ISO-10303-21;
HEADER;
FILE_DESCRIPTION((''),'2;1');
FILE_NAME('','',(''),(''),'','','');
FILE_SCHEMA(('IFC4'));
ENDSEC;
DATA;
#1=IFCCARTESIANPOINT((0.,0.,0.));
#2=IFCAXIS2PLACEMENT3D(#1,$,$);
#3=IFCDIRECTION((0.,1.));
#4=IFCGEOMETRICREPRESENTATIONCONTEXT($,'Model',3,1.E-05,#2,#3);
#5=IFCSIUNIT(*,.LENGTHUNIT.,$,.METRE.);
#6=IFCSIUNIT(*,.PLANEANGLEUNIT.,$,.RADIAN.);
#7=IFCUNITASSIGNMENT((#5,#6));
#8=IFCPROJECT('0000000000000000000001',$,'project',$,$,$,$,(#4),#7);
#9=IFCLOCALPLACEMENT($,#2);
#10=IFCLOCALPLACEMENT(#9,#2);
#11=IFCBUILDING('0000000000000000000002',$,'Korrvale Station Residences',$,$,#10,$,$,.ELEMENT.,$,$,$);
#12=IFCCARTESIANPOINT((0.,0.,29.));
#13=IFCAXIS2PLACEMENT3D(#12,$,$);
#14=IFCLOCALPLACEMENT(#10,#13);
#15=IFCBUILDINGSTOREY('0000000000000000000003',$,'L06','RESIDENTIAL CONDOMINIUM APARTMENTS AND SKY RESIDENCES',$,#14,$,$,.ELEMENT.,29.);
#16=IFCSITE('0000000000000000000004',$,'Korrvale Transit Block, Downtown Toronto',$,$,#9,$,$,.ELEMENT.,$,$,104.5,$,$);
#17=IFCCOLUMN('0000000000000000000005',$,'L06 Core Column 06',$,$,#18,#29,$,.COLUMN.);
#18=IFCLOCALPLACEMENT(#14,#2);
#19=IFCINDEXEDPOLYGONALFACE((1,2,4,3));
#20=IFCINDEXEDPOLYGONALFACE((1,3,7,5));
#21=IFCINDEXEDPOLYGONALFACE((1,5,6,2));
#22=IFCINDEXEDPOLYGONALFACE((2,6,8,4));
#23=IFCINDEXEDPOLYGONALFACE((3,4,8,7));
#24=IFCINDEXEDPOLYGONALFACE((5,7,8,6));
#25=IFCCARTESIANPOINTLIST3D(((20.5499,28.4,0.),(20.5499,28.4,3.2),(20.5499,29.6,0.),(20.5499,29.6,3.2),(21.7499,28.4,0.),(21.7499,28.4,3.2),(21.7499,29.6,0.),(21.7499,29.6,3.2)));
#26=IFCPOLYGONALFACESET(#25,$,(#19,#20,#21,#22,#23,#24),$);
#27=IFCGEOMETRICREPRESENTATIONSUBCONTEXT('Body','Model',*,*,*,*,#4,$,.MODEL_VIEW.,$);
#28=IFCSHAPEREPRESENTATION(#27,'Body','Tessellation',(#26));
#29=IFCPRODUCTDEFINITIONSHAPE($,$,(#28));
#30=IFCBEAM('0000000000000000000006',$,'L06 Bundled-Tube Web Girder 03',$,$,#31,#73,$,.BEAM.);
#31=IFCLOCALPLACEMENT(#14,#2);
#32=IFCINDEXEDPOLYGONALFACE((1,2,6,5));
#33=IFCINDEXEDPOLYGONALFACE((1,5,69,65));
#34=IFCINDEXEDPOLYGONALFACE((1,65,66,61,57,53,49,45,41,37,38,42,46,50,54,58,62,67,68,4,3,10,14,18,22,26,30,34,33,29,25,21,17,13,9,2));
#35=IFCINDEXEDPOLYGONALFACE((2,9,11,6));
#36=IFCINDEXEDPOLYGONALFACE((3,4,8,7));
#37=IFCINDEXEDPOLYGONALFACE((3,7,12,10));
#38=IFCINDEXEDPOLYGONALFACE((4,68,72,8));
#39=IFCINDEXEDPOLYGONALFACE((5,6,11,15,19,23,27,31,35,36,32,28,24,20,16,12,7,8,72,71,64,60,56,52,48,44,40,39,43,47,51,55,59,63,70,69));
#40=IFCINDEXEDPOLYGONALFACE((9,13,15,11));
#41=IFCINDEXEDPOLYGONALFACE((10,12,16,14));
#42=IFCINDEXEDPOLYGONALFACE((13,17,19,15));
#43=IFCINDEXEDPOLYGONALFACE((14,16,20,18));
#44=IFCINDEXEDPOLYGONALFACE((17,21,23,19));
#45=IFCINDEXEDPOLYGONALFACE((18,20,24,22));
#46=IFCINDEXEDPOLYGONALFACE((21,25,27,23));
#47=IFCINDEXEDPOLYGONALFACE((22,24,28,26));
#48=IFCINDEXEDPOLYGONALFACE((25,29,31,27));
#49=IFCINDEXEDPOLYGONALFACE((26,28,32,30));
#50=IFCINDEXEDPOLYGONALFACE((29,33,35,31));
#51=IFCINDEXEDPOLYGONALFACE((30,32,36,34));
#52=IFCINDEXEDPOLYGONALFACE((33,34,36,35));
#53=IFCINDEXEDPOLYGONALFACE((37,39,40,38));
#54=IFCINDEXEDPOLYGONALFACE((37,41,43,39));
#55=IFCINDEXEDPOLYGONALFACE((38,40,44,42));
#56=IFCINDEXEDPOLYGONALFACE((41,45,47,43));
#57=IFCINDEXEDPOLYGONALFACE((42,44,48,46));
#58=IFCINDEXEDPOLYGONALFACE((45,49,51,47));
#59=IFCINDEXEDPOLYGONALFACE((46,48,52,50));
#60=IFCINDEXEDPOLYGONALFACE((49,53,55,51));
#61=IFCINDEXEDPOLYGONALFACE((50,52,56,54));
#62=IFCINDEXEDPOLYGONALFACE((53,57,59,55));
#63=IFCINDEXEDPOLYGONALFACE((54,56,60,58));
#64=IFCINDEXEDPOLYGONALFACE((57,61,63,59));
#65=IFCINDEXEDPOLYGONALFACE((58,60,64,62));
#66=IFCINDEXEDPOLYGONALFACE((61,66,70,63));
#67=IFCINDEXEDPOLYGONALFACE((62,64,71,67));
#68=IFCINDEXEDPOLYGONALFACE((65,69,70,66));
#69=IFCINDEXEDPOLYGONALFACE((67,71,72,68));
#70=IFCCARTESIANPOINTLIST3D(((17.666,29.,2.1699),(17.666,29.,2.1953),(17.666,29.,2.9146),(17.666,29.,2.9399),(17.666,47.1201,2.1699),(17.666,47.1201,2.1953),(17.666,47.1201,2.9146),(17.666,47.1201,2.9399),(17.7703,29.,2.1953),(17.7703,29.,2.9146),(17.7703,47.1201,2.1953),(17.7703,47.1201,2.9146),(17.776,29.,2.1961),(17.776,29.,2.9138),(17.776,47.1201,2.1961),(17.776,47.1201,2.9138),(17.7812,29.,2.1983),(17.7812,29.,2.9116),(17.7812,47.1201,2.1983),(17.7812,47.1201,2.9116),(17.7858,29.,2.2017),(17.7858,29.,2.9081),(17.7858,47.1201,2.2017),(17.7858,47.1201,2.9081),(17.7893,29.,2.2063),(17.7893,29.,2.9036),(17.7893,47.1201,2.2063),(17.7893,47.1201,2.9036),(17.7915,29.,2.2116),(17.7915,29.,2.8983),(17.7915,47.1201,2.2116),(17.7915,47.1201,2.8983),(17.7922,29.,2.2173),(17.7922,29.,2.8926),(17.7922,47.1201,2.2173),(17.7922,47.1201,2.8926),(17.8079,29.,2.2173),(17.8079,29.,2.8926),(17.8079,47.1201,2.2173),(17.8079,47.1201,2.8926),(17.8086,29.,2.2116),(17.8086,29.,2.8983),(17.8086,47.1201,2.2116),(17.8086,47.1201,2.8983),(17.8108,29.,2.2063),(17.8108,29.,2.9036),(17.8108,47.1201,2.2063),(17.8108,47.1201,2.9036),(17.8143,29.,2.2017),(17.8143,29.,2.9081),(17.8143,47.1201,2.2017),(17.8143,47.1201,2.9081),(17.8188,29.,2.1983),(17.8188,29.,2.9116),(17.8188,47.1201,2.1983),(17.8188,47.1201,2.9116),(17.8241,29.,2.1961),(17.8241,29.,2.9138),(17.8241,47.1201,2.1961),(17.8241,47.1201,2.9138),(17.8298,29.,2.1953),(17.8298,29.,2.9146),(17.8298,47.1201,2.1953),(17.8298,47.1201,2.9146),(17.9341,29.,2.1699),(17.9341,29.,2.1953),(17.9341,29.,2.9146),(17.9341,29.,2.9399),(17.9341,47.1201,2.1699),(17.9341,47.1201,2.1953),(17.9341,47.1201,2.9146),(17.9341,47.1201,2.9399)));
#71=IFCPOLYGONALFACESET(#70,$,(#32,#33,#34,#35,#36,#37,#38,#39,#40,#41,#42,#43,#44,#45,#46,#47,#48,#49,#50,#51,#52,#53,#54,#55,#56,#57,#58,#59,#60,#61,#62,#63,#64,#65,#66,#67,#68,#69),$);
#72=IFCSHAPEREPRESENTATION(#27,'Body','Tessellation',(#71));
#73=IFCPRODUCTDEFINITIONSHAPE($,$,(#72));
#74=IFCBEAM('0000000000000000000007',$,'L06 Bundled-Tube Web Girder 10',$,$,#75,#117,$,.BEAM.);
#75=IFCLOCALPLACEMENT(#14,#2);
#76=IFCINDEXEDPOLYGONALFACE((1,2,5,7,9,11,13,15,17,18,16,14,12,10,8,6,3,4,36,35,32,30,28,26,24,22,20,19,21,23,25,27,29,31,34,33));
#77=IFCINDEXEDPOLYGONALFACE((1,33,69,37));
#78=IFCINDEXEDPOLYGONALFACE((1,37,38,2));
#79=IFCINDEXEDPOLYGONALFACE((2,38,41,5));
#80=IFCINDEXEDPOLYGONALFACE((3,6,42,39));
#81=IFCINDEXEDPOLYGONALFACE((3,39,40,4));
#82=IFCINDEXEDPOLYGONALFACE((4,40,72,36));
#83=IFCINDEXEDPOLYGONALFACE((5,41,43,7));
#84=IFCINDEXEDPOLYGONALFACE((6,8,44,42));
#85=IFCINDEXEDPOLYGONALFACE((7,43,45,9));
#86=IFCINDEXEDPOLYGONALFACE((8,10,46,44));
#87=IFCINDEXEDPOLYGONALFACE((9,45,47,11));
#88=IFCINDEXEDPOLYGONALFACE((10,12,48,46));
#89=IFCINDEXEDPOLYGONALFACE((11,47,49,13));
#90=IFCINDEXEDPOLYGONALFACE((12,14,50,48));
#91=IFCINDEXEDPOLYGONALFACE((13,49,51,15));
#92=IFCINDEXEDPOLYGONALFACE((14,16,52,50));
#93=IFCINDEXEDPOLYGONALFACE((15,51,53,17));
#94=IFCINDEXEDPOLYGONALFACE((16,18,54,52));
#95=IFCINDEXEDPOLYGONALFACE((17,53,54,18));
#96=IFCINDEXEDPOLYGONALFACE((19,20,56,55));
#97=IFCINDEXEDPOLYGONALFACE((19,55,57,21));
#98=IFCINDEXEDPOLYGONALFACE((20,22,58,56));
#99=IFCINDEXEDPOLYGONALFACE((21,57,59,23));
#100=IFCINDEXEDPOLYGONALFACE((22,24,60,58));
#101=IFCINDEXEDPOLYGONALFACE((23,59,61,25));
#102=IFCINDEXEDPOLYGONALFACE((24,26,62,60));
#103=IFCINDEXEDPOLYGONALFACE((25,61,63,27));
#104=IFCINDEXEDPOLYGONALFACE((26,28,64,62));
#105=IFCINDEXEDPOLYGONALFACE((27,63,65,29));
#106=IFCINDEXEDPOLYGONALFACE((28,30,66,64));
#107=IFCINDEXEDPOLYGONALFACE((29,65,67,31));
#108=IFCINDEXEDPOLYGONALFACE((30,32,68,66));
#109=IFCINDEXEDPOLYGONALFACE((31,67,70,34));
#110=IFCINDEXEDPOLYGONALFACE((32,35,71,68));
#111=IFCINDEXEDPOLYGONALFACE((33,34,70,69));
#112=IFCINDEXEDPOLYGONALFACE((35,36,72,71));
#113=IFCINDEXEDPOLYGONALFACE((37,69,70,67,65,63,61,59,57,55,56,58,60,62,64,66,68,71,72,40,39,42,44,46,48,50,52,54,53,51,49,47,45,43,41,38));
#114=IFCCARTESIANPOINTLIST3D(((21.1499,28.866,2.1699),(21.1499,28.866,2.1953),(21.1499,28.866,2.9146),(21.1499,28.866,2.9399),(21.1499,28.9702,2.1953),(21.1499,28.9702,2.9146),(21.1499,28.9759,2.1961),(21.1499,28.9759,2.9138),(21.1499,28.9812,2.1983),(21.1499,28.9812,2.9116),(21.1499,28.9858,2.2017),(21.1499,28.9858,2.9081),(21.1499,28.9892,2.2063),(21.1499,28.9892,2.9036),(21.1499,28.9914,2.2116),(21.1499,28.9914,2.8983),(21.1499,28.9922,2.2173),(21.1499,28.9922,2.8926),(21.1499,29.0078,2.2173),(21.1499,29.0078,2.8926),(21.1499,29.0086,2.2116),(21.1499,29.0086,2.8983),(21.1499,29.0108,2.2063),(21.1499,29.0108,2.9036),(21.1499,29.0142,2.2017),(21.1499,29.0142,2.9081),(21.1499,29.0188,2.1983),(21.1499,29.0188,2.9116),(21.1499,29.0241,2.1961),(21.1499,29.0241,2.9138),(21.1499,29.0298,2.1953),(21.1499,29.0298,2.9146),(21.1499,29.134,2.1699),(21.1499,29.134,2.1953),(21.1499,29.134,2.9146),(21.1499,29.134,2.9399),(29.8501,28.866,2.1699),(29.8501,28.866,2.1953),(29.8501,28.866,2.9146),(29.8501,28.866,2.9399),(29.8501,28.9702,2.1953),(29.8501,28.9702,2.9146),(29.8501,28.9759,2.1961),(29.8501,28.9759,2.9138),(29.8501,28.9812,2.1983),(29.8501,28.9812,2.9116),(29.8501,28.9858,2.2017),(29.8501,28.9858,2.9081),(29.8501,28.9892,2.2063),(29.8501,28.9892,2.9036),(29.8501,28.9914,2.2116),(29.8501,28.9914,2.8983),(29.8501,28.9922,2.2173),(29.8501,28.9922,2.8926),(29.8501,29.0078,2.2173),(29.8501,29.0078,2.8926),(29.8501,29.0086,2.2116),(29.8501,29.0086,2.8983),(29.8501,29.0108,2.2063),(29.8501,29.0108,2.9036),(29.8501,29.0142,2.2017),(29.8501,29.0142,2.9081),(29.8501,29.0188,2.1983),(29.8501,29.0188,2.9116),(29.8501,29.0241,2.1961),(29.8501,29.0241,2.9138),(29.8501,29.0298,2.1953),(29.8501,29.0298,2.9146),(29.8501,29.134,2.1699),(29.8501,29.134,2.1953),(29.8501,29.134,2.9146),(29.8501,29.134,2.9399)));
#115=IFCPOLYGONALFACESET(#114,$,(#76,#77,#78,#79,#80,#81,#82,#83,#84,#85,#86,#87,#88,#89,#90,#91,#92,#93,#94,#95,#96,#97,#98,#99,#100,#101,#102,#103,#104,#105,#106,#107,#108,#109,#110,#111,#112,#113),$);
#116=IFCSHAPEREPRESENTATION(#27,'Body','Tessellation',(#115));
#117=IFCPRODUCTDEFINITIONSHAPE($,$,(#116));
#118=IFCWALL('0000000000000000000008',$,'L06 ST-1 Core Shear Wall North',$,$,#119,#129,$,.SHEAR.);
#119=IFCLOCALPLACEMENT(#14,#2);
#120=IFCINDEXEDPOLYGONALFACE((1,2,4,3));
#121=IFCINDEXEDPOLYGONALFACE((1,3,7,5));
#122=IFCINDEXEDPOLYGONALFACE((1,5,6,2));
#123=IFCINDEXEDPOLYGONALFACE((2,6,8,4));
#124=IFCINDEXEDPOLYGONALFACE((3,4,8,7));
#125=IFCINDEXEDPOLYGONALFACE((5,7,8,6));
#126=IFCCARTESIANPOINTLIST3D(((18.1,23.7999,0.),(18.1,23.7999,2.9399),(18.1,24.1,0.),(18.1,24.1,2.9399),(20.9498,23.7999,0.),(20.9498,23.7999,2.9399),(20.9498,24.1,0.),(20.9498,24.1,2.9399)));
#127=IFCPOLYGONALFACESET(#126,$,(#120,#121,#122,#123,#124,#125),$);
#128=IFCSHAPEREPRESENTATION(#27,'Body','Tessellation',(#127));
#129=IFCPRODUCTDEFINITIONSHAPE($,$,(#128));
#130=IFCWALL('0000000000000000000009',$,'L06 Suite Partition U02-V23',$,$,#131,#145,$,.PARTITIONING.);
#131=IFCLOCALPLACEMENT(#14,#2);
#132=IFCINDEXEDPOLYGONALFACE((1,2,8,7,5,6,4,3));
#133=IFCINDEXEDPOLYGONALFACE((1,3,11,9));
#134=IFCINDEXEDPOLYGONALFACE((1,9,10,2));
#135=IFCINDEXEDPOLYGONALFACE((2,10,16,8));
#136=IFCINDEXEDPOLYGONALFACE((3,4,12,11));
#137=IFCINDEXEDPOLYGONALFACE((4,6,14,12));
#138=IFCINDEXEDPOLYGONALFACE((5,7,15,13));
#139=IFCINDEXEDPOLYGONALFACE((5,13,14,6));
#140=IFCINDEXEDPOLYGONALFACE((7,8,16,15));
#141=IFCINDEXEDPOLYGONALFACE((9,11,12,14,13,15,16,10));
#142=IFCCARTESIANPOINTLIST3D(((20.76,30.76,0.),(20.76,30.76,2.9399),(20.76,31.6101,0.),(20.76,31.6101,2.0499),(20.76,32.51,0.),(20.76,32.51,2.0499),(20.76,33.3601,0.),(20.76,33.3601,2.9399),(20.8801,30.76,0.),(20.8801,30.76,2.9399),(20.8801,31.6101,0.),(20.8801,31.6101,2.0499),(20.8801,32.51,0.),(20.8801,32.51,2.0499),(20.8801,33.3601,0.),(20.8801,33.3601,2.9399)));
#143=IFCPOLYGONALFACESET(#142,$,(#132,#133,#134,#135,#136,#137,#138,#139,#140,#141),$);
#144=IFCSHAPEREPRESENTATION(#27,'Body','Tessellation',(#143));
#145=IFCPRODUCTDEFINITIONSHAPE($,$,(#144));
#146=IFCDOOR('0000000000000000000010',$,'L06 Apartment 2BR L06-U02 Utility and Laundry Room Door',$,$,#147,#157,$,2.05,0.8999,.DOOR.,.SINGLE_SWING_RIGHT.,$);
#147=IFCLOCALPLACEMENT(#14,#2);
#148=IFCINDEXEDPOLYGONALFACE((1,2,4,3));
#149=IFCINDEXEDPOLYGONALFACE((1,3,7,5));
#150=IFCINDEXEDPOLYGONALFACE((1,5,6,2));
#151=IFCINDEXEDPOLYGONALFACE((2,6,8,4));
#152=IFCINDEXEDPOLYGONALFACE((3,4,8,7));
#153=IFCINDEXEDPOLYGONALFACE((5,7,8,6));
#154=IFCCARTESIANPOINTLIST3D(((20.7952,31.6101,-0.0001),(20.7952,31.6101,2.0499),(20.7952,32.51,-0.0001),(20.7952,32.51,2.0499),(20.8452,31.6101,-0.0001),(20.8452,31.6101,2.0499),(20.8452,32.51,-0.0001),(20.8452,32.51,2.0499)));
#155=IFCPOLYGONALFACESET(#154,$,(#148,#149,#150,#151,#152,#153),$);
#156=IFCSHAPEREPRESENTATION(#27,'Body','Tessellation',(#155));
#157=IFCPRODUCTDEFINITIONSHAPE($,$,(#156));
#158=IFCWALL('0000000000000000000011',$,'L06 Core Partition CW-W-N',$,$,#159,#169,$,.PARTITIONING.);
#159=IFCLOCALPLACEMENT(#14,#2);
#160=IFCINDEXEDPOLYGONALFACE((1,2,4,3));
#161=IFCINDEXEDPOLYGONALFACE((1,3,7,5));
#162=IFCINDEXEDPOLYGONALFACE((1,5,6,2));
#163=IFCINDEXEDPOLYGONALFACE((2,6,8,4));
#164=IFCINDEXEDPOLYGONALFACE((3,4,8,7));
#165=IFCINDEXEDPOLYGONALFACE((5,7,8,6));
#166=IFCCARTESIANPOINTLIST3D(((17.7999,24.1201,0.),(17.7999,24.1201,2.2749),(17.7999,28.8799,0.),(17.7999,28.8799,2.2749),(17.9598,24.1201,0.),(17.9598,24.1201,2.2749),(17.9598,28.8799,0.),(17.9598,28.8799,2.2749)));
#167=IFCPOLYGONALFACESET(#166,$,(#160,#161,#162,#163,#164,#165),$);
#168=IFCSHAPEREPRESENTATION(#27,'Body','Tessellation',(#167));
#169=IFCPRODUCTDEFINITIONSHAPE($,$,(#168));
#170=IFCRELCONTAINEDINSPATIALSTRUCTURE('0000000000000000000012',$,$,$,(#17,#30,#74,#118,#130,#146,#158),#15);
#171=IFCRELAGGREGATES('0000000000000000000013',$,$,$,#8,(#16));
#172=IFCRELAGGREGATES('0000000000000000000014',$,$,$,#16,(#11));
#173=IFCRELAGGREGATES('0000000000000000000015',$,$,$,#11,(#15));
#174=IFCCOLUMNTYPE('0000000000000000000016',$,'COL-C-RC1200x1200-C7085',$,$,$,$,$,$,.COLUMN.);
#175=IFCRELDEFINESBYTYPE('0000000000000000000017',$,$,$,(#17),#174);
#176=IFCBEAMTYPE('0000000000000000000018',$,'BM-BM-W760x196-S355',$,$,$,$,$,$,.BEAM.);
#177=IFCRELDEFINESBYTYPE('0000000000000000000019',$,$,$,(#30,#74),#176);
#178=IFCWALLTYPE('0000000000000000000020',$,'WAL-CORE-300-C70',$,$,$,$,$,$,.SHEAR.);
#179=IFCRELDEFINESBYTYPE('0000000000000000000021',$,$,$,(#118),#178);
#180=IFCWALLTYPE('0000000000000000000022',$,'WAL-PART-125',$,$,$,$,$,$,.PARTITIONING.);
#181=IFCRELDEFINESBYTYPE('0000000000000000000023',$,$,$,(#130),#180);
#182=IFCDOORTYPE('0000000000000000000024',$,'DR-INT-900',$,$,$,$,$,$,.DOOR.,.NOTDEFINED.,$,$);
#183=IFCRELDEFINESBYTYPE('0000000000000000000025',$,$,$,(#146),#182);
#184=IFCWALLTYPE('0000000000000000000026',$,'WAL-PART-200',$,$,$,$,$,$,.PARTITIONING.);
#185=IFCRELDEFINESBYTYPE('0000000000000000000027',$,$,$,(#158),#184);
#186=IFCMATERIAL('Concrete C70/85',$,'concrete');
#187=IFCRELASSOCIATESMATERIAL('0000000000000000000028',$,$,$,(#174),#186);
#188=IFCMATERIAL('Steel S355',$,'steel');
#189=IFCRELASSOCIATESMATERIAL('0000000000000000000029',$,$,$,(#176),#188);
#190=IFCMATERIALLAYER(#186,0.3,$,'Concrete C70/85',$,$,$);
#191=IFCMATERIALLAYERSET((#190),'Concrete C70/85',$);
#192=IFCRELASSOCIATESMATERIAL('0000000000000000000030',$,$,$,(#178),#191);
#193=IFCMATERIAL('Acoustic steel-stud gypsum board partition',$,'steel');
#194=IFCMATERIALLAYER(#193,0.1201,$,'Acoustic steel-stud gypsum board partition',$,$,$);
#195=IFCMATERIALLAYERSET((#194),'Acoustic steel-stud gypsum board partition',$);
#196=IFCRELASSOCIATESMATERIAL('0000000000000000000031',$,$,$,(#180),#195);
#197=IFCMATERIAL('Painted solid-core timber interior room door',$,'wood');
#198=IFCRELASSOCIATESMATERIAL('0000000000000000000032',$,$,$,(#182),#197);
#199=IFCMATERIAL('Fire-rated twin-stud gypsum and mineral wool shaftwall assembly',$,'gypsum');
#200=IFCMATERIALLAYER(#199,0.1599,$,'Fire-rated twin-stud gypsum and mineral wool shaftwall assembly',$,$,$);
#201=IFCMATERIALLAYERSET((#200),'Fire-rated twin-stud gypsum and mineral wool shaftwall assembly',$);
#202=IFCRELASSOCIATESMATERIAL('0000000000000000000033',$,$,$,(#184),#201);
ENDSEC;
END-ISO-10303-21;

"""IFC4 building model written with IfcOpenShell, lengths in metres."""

from ifc_helpers import new_model, si_unit, direction, frame, frame_2d, origin, origin_2d, place, context, subcontext, project, spatial, rectangle, i_section, extrude, material, layer, layer_set, material_profile, profile_set, type_object, element, fill, save


model = new_model("IFC4")

# Units and contexts
model_context = context("Model", 3, precision=1e-05, world=origin(), true_north=direction((0.0, 1.0)))
body_context = subcontext(model_context, "Body", "Model", "MODEL_VIEW")
ifc_project = project(units=[si_unit("LENGTHUNIT", "METRE"), si_unit("PLANEANGLEUNIT", "RADIAN")], contexts=[model_context])

# Site, building, storey
site_placement = place(None, origin())
site = spatial("IfcSite", under=ifc_project, at=site_placement, Name="Korrvale Transit Block, Downtown Toronto", CompositionType="ELEMENT", RefElevation=104.5)
building_placement = place(site_placement, origin())
building = spatial("IfcBuilding", under=site, at=building_placement, Name="Korrvale Station Residences", CompositionType="ELEMENT")
storey_placement = place(building_placement, frame((0.0, 0.0, 29.0)))
storey = spatial("IfcBuildingStorey", under=building, at=storey_placement, Name="L06", Description="RESIDENTIAL CONDOMINIUM APARTMENTS AND SKY RESIDENCES", CompositionType="ELEMENT", Elevation=29.0)

# Column
ifc_material_1 = material(Name="Concrete C70/85", Category="concrete")
ifc_material_profile_1 = material_profile(ifc_material_1, rectangle(XDim=1.2, YDim=1.2, at=origin_2d()), Name="RC1200x1200")
ifc_profile_set_1 = profile_set([ifc_material_profile_1], Name="Concrete C70/85")
column_type = type_object("IfcColumnType", Name="COL-C-RC1200x1200-C7085", PredefinedType="COLUMN", material=ifc_profile_set_1)
column_placement = place(storey_placement, frame((21.1499, 29.0, 0.0), z_axis=(0.0, 0.0, 1.0), x_axis=(1.0, 0.0, 0.0)))
element("IfcColumn", 1, at=column_placement, inside=storey, type_object=column_type, Name="L06 Core Column 06", PredefinedType="COLUMN", context=body_context, shape_type="SweptSolid", body=[
    extrude(rectangle(XDim=1.2, YDim=1.2, at=origin_2d()), origin(), (0.0, 0.0, 1.0), 3.2),
])

# Beams
ifc_material_2 = material(Name="Steel S355", Category="steel")
ifc_material_profile_2 = material_profile(ifc_material_2, i_section(OverallWidth=0.2681, OverallDepth=0.77, WebThickness=0.0156, FlangeThickness=0.0254, FilletRadius=0.022, at=origin_2d()), Name="W760x196")
ifc_profile_set_2 = profile_set([ifc_material_profile_2], Name="Steel S355")
beam_type = type_object("IfcBeamType", Name="BM-BM-W760x196-S355", PredefinedType="BEAM", material=ifc_profile_set_2)
beam_1_placement = place(storey_placement, frame((17.8, 29.0, 2.5549), z_axis=(0.0, 1.0, 0.0), x_axis=(-1.0, 0.0, 0.0)))
element("IfcBeam", 2, at=beam_1_placement, inside=storey, type_object=beam_type, Name="L06 Bundled-Tube Web Girder 03", PredefinedType="BEAM", context=body_context, shape_type="SweptSolid", body=[
    extrude(i_section(OverallWidth=0.2681, OverallDepth=0.77, WebThickness=0.0156, FlangeThickness=0.0254, FilletRadius=0.022, at=origin_2d()), origin(), (0.0, 0.0, 1.0), 18.1201),
])
beam_2_placement = place(storey_placement, frame((21.1499, 29.0, 2.5549), z_axis=(1.0, 0.0, 0.0), x_axis=(0.0, 1.0, 0.0)))
element("IfcBeam", 3, at=beam_2_placement, inside=storey, type_object=beam_type, Name="L06 Bundled-Tube Web Girder 10", PredefinedType="BEAM", context=body_context, shape_type="SweptSolid", body=[
    extrude(i_section(OverallWidth=0.2681, OverallDepth=0.77, WebThickness=0.0156, FlangeThickness=0.0254, FilletRadius=0.022, at=origin_2d()), origin(), (0.0, 0.0, 1.0), 8.7002),
])

# Wall
ifc_layer_1 = layer(ifc_material_1, 0.3, Name="Concrete C70/85")
ifc_layer_set_1 = layer_set([ifc_layer_1], Name="Concrete C70/85")
wall_type_1 = type_object("IfcWallType", Name="WAL-CORE-300-C70", PredefinedType="SHEAR", material=ifc_layer_set_1)
wall_1_placement = place(storey_placement, frame((18.1001, 23.95, 0.0), z_axis=(0.0, 0.0, 1.0), x_axis=(1.0, 0.0, 0.0)))
element("IfcWall", 4, at=wall_1_placement, inside=storey, type_object=wall_type_1, Name="L06 ST-1 Core Shear Wall North", PredefinedType="SHEAR", context=body_context, shape_type="SweptSolid", body=[
    extrude(rectangle(XDim=2.8499, YDim=0.3, at=frame_2d((1.4248, 0.0))), origin(), (0.0, 0.0, 1.0), 2.9399),
])

# Wall, opening, door
ifc_material_3 = material(Name="Acoustic steel-stud gypsum board partition", Category="steel")
ifc_layer_2 = layer(ifc_material_3, 0.1201, Name="Acoustic steel-stud gypsum board partition")
ifc_layer_set_2 = layer_set([ifc_layer_2], Name="Acoustic steel-stud gypsum board partition")
wall_type_2 = type_object("IfcWallType", Name="WAL-PART-125", PredefinedType="PARTITIONING", material=ifc_layer_set_2)
wall_2_placement = place(storey_placement, frame((20.8201, 30.76, 0.0), z_axis=(0.0, 0.0, 1.0), x_axis=(0.0, 1.0, 0.0)))
wall_2 = element("IfcWall", 5, at=wall_2_placement, inside=storey, type_object=wall_type_2, Name="L06 Suite Partition U02-V23", PredefinedType="PARTITIONING", context=body_context, shape_type="SweptSolid", body=[
    extrude(rectangle(XDim=2.6001, YDim=0.1201, at=frame_2d((1.3, 0.0))), origin(), (0.0, 0.0, 1.0), 2.9399),
])
opening_1_placement = place(wall_2_placement, frame((0.8501, 0.0, 0.0)))
opening_1 = element("IfcOpeningElement", 6, at=opening_1_placement, cuts=wall_2, PredefinedType="OPENING", context=body_context, shape_type="SweptSolid", body=[
    extrude(rectangle(XDim=0.8999, YDim=2.05, at=frame_2d((0.45, 1.0249))), frame((0.0, 0.0701, 0.0), z_axis=(0.0, -1.0, 0.0), x_axis=(1.0, 0.0, 0.0)), (0.0, 0.0, 1.0), 0.1401),
])
ifc_material_4 = material(Name="Painted solid-core timber interior room door", Category="wood")
door_type_1 = type_object("IfcDoorType", Name="DR-INT-900", OperationType="NOTDEFINED", PredefinedType="DOOR", material=ifc_material_4)
door_1_placement = place(opening_1_placement, origin())
door_1 = element("IfcDoor", 7, at=door_1_placement, inside=storey, type_object=door_type_1, Name="L06 Apartment 2BR L06-U02 Utility and Laundry Room Door", OperationType="SINGLE_SWING_RIGHT", OverallHeight=2.05, OverallWidth=0.8999, PredefinedType="DOOR", context=body_context, shape_type="SweptSolid", body=[
    extrude(rectangle(XDim=0.8999, YDim=2.05, at=frame_2d((0.45, 1.0249))), frame((0.0, 0.0249, 0.0), z_axis=(0.0, -1.0, 0.0), x_axis=(1.0, 0.0, 0.0)), (0.0, 0.0, 1.0), 0.05),
])
fill(opening_1, door_1)

# Wall
ifc_material_5 = material(Name="Fire-rated twin-stud gypsum and mineral wool shaftwall assembly", Category="gypsum")
ifc_layer_3 = layer(ifc_material_5, 0.1599, Name="Fire-rated twin-stud gypsum and mineral wool shaftwall assembly")
ifc_layer_set_3 = layer_set([ifc_layer_3], Name="Fire-rated twin-stud gypsum and mineral wool shaftwall assembly")
wall_type_3 = type_object("IfcWallType", Name="WAL-PART-200", PredefinedType="PARTITIONING", material=ifc_layer_set_3)
wall_3_placement = place(storey_placement, frame((17.8799, 24.1201, 0.0), z_axis=(0.0, 0.0, 1.0), x_axis=(0.0, 1.0, 0.0)))
element("IfcWall", 8, at=wall_3_placement, inside=storey, type_object=wall_type_3, Name="L06 Core Partition CW-W-N", PredefinedType="PARTITIONING", context=body_context, shape_type="SweptSolid", body=[
    extrude(rectangle(XDim=4.7598, YDim=0.1599, at=frame_2d((2.3799, 0.0))), origin(), (0.0, 0.0, 1.0), 2.2749),
])

save(model, "model.ifc")
